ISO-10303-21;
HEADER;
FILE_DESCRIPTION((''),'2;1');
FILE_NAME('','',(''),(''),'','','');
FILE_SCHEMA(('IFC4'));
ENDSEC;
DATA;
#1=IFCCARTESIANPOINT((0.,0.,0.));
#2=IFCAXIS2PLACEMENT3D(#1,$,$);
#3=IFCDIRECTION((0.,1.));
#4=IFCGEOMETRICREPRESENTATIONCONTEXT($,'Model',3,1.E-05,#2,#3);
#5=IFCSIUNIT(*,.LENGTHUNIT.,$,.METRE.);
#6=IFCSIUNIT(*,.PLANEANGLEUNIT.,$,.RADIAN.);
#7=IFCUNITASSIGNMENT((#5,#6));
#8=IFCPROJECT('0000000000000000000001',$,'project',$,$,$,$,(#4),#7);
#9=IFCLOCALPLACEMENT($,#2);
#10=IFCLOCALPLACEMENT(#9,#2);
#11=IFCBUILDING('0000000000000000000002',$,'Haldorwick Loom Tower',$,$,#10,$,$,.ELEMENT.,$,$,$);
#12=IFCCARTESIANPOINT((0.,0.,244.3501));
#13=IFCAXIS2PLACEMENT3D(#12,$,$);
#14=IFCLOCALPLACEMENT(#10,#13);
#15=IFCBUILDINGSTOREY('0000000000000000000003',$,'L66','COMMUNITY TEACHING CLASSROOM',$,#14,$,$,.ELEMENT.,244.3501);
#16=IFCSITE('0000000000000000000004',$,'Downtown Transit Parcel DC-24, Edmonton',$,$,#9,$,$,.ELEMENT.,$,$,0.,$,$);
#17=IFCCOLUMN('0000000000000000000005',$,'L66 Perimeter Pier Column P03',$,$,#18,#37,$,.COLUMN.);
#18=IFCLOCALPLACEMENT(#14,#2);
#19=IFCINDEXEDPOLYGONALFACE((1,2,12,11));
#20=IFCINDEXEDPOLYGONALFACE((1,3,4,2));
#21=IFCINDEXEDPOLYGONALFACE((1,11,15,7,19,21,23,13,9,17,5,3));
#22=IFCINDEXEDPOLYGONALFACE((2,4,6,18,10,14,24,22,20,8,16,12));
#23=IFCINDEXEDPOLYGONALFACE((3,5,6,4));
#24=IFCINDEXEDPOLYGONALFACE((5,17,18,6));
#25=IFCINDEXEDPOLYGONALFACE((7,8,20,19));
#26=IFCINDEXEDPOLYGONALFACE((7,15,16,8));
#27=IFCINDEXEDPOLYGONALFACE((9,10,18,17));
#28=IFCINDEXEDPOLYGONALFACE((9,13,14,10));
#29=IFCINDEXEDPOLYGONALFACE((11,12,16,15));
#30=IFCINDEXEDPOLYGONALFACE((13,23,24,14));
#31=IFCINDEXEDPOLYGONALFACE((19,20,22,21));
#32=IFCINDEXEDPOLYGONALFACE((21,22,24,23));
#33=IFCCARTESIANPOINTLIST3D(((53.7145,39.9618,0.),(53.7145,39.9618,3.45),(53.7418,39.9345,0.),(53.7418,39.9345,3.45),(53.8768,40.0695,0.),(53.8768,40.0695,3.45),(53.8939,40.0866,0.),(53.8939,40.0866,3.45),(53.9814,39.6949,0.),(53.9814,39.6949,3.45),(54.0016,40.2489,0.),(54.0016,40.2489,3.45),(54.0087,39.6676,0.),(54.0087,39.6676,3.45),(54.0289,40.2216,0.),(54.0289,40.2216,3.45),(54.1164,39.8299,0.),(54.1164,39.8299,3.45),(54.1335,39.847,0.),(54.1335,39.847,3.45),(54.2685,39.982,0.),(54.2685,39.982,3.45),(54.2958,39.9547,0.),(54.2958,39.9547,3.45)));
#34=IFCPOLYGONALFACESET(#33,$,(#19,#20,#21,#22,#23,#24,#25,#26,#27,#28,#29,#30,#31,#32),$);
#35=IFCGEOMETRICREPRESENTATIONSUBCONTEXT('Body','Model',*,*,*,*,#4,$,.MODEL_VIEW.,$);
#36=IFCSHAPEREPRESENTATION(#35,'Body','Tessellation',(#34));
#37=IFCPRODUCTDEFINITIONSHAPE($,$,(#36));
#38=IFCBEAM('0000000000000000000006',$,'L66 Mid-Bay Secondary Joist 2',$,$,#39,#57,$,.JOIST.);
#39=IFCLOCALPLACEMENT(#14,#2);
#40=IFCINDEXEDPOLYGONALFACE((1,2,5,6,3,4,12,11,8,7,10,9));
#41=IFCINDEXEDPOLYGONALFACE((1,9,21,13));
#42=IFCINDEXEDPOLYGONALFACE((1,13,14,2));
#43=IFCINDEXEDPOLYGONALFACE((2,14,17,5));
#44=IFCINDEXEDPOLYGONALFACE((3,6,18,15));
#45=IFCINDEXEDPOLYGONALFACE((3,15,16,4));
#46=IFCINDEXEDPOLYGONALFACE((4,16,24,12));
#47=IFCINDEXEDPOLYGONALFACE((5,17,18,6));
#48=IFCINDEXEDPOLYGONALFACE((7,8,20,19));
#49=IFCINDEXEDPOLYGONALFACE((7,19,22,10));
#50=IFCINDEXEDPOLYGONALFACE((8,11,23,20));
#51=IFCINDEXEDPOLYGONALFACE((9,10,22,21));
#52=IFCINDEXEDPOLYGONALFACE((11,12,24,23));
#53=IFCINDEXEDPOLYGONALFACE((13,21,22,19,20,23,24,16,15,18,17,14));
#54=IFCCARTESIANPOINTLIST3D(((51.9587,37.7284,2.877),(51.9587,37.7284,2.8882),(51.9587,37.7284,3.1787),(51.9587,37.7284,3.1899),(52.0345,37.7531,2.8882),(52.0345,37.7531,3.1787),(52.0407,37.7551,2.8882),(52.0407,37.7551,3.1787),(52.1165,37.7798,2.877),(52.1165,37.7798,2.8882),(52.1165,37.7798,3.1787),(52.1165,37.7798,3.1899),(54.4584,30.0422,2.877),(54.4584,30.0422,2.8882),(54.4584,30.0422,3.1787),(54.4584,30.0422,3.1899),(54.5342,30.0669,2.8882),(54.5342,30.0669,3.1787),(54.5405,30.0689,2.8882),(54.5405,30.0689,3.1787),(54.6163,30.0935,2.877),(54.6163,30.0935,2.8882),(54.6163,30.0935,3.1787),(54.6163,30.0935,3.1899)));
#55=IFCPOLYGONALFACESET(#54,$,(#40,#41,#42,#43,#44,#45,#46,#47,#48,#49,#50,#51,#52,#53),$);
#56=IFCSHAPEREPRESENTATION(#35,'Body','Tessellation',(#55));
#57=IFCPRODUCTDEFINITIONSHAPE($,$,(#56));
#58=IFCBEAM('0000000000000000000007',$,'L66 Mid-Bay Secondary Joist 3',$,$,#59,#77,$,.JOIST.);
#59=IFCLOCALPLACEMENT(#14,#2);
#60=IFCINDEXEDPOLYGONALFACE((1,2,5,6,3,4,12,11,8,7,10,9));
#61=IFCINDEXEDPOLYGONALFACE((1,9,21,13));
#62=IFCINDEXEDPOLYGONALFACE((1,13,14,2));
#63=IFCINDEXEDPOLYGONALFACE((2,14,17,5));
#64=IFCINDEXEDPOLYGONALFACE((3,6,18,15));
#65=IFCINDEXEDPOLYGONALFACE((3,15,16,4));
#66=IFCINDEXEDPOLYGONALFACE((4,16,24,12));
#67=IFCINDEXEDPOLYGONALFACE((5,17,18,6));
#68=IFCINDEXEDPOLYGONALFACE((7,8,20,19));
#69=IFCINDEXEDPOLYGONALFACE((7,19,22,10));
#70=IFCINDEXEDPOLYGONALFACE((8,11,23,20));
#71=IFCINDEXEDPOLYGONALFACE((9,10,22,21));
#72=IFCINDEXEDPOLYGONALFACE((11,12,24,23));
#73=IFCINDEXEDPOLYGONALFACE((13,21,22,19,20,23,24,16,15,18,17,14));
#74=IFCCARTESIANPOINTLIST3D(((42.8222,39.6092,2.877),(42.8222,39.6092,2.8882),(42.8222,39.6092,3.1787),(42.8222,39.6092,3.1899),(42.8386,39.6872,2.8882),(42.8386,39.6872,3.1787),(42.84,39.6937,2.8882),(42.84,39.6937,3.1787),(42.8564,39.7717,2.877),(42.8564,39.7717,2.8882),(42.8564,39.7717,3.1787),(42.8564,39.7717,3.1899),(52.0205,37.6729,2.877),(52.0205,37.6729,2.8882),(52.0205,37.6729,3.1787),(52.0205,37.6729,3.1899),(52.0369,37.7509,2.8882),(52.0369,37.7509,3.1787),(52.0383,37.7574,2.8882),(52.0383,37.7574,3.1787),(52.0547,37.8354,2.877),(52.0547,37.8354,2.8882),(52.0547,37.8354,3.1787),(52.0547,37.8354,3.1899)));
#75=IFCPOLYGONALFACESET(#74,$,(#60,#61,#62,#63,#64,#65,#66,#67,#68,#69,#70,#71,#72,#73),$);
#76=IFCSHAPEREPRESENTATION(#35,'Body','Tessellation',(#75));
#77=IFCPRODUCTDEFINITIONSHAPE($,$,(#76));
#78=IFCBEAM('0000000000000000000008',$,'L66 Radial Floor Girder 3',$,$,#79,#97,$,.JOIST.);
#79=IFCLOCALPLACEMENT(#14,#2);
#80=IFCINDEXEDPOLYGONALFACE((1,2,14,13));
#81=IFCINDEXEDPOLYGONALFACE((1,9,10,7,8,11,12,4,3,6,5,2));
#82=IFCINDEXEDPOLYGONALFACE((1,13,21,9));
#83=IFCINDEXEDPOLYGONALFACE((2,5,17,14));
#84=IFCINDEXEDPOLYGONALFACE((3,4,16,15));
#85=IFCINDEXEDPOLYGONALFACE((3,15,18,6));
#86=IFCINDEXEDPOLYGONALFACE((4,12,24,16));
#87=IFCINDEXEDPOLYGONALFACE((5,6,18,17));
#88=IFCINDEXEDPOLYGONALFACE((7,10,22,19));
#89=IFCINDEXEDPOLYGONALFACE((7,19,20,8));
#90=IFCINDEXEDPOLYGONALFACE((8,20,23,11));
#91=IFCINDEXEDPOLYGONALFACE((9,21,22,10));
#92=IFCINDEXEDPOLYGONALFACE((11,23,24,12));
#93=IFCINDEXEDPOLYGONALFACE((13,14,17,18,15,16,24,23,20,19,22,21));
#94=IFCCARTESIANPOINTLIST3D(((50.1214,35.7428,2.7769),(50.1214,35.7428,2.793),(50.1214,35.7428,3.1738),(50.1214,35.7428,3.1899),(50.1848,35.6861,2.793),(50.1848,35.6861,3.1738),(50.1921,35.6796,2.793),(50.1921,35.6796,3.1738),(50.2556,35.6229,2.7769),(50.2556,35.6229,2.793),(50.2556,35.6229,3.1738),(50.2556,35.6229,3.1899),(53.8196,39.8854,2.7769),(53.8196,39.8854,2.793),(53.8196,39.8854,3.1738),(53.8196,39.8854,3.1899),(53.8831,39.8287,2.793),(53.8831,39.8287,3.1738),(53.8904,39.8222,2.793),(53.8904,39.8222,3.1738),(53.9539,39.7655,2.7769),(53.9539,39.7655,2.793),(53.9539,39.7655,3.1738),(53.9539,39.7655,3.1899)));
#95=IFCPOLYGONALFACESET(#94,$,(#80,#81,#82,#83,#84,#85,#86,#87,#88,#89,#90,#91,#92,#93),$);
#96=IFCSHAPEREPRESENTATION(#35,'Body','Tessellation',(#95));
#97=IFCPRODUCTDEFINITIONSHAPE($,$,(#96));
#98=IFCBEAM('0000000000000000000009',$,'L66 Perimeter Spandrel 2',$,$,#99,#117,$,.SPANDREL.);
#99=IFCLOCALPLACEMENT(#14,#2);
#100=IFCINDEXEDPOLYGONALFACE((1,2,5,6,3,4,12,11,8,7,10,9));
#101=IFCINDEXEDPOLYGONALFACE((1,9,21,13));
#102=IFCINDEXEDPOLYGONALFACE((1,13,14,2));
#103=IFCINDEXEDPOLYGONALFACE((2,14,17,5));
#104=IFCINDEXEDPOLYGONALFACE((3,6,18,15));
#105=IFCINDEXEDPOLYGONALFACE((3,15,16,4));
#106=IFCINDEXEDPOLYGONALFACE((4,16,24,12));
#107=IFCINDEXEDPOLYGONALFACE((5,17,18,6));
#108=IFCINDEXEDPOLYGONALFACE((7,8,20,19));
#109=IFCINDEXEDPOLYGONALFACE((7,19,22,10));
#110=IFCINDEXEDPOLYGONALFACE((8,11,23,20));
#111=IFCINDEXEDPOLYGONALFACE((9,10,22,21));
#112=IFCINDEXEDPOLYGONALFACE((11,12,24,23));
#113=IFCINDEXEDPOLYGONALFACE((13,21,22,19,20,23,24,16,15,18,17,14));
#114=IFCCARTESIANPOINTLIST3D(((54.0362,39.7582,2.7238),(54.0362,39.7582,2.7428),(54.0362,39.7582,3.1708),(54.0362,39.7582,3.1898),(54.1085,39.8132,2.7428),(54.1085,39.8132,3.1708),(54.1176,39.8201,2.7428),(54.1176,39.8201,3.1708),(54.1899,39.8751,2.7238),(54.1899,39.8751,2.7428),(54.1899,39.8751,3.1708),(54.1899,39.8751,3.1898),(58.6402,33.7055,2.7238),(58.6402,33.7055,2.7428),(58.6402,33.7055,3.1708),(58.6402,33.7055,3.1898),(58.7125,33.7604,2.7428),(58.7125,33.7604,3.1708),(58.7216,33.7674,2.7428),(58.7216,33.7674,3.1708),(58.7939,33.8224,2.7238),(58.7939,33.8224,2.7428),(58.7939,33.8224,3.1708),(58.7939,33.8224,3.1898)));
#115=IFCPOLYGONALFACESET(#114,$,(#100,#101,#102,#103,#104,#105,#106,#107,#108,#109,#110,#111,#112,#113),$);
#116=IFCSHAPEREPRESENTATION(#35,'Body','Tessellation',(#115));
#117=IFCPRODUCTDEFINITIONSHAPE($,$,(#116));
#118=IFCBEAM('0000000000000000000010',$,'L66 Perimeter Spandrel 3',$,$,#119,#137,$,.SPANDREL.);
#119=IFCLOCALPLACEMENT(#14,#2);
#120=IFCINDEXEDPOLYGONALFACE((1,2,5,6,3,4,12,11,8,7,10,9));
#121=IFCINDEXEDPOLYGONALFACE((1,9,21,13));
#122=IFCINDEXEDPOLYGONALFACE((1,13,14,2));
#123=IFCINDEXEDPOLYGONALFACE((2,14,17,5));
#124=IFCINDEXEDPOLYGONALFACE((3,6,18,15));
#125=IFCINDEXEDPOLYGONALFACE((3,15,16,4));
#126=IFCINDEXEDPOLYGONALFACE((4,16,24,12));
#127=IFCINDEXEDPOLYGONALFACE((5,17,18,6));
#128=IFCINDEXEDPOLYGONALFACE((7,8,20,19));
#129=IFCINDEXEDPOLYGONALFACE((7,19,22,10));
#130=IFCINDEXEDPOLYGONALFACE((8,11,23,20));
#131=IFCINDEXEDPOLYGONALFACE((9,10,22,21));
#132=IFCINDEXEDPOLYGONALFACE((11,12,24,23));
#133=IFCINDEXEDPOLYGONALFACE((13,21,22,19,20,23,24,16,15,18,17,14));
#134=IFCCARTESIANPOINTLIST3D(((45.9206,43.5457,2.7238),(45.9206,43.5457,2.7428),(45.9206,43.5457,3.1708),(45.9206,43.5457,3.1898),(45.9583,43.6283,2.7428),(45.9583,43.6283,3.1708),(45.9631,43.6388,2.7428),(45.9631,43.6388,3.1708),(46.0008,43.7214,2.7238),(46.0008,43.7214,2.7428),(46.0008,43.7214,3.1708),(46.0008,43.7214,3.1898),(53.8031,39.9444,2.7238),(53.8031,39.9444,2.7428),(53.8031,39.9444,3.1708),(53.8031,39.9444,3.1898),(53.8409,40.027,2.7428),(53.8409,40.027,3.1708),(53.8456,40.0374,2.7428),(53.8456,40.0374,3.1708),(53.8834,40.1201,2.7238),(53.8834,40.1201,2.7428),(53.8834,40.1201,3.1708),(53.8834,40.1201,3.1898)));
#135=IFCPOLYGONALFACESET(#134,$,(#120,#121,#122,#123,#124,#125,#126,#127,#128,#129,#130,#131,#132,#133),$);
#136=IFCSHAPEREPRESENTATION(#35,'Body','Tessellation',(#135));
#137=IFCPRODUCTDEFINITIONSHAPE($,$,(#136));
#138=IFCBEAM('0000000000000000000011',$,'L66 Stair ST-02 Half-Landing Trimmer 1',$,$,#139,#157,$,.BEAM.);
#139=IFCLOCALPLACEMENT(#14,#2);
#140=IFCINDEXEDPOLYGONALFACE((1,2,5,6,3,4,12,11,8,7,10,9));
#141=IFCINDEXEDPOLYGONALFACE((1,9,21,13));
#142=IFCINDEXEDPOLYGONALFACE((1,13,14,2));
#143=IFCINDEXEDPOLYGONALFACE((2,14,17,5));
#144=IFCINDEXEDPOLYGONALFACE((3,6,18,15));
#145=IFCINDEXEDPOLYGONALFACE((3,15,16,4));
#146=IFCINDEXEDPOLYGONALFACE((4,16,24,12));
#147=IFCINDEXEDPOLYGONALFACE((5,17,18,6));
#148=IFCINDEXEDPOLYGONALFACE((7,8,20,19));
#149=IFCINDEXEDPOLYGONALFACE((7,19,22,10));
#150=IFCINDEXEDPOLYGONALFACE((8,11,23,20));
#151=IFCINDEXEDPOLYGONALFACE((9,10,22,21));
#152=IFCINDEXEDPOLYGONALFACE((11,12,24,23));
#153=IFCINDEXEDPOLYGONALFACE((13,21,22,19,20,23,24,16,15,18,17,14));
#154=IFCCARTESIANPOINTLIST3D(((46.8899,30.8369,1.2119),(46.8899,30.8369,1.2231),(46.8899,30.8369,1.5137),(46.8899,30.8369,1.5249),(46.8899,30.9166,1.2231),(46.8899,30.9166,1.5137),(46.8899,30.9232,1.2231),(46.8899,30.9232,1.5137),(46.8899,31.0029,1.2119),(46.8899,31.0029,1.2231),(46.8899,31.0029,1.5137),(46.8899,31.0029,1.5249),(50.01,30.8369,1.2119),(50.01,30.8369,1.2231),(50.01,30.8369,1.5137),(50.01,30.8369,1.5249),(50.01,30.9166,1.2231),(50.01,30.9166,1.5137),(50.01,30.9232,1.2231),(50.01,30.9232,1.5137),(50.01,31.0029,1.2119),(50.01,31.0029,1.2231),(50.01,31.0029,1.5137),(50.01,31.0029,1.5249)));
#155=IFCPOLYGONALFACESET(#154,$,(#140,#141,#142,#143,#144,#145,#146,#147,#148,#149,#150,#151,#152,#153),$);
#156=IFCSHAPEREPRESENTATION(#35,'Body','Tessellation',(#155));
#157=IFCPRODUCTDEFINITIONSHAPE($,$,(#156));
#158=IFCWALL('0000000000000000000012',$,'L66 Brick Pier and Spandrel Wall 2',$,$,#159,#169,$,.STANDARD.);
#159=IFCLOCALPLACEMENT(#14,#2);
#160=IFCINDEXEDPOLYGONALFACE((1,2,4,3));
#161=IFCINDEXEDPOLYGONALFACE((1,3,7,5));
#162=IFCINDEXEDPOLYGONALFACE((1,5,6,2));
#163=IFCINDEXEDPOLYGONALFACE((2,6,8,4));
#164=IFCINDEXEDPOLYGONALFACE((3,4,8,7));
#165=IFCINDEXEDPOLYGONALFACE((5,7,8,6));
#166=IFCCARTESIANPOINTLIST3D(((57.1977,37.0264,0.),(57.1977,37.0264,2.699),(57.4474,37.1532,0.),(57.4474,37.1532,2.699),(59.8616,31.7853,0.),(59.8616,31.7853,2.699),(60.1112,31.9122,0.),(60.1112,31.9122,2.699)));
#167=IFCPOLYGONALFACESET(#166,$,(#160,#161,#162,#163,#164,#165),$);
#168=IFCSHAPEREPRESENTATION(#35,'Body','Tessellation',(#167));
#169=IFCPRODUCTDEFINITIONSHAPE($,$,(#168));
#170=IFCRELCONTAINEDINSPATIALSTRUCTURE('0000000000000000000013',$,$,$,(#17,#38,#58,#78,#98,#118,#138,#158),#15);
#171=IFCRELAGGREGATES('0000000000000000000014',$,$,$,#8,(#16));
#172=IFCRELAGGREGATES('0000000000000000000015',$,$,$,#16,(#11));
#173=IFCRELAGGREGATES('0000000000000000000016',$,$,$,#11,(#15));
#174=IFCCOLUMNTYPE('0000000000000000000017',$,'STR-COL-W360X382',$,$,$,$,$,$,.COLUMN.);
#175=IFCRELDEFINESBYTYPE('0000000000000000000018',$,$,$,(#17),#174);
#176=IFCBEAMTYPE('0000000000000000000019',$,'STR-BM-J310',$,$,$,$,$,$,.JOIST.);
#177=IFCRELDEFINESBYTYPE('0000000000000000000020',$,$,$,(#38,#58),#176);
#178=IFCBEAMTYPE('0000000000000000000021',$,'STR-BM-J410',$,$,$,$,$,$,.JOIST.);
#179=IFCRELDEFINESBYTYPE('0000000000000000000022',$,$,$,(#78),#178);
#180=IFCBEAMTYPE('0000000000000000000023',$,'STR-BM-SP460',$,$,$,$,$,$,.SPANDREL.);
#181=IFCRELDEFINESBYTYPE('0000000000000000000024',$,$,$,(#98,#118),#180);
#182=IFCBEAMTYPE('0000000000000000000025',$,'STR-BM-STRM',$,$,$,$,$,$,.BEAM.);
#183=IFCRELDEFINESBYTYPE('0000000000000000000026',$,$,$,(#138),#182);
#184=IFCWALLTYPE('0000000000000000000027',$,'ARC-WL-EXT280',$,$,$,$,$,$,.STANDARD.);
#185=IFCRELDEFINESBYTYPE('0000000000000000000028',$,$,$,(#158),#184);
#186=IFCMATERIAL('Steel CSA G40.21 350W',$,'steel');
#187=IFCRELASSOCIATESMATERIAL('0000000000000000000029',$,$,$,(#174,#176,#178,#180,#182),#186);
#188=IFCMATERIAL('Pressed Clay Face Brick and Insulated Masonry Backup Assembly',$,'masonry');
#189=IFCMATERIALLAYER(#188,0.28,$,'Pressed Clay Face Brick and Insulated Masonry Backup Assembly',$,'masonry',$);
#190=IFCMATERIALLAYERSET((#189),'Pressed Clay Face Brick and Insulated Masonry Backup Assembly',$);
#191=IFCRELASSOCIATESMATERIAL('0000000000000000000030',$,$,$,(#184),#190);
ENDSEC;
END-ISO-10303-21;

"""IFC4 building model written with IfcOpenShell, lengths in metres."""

from ifc_helpers import new_model, si_unit, direction, frame, frame_2d, origin, origin_2d, place, context, subcontext, project, spatial, rectangle, i_section, extrude, material, layer, layer_set, material_profile, profile_set, type_object, element, save


model = new_model("IFC4")

# Units and contexts
model_context = context("Model", 3, precision=1e-05, world=origin(), true_north=direction((0.0, 1.0)))
body_context = subcontext(model_context, "Body", "Model", "MODEL_VIEW")
ifc_project = project(units=[si_unit("LENGTHUNIT", "METRE"), si_unit("PLANEANGLEUNIT", "RADIAN")], contexts=[model_context])

# Site, building, storey
site_placement = place(None, origin())
site = spatial("IfcSite", under=ifc_project, at=site_placement, Name="Downtown Transit Parcel DC-24, Edmonton", CompositionType="ELEMENT", RefElevation=0.0)
building_placement = place(site_placement, origin())
building = spatial("IfcBuilding", under=site, at=building_placement, Name="Haldorwick Loom Tower", CompositionType="ELEMENT")
storey_placement = place(building_placement, frame((0.0, 0.0, 244.3501)))
storey = spatial("IfcBuildingStorey", under=building, at=storey_placement, Name="L66", Description="COMMUNITY TEACHING CLASSROOM", CompositionType="ELEMENT", Elevation=244.3501)

# Column
ifc_material_1 = material(Name="Steel CSA G40.21 350W", Category="steel")
ifc_material_profile_1 = material_profile(ifc_material_1, i_section(OverallWidth=0.406, OverallDepth=0.416, WebThickness=0.0242, FlangeThickness=0.0386, at=origin_2d()), Name="W360X382", Category="steel")
ifc_profile_set_1 = profile_set([ifc_material_profile_1], Name="Steel CSA G40.21 350W")
column_type_1 = type_object("IfcColumnType", Name="STR-COL-W360X382", PredefinedType="COLUMN", material=ifc_profile_set_1)
for number, where, z_axis, x_axis, name in (
    (1, (54.0051, 39.9583, 0.0), (0.0, 0.0, 1.0), (0.707107, 0.707107, 0.0), "L66 Perimeter Pier Column P03"),
):
    element("IfcColumn", number, at=place(storey_placement, frame(where, z_axis=z_axis, x_axis=x_axis)), inside=storey, type_object=column_type_1, Name=name, PredefinedType="COLUMN", context=body_context, shape_type="SweptSolid", body=[
        extrude(i_section(OverallWidth=0.406, OverallDepth=0.416, WebThickness=0.0242, FlangeThickness=0.0386, at=origin_2d()), origin(), (0.0, 0.0, 1.0), 3.45),
    ])

# Beams
ifc_material_profile_2 = material_profile(ifc_material_1, i_section(OverallWidth=0.166, OverallDepth=0.313, WebThickness=0.0066, FlangeThickness=0.0112, at=origin_2d()), Name="W310X45", Category="steel")
ifc_profile_set_2 = profile_set([ifc_material_profile_2], Name="Steel CSA G40.21 350W")
beam_type_1 = type_object("IfcBeamType", Name="STR-BM-J310", PredefinedType="JOIST", material=ifc_profile_set_2)
beam_1_placement = place(storey_placement, frame((54.5374, 30.0679, 3.0334), z_axis=(-0.309278, 0.950972, 0.0), x_axis=(-0.950972, -0.309278, 0.0)))
element("IfcBeam", 2, at=beam_1_placement, inside=storey, type_object=beam_type_1, Name="L66 Mid-Bay Secondary Joist 2", PredefinedType="JOIST", context=body_context, shape_type="SweptSolid", body=[
    extrude(i_section(OverallWidth=0.166, OverallDepth=0.313, WebThickness=0.0066, FlangeThickness=0.0112, at=origin_2d()), origin(), (0.0, 0.0, 1.0), 8.0825),
])
beam_2_placement = place(storey_placement, frame((52.0376, 37.7542, 3.0334), z_axis=(-0.978554, 0.205991, 0.0), x_axis=(-0.205991, -0.978554, 0.0)))
element("IfcBeam", 3, at=beam_2_placement, inside=storey, type_object=beam_type_1, Name="L66 Mid-Bay Secondary Joist 3", PredefinedType="JOIST", context=body_context, shape_type="SweptSolid", body=[
    extrude(i_section(OverallWidth=0.166, OverallDepth=0.313, WebThickness=0.0066, FlangeThickness=0.0112, at=origin_2d()), origin(), (0.0, 0.0, 1.0), 9.3999),
])
ifc_material_profile_3 = material_profile(ifc_material_1, i_section(OverallWidth=0.1799, OverallDepth=0.4131, WebThickness=0.0098, FlangeThickness=0.0161, at=origin_2d()), Name="W410X74", Category="steel")
ifc_profile_set_3 = profile_set([ifc_material_profile_3], Name="Steel CSA G40.21 350W")
beam_type_2 = type_object("IfcBeamType", Name="STR-BM-J410", PredefinedType="JOIST", material=ifc_profile_set_3)
beam_3_placement = place(storey_placement, frame((50.1885, 35.6829, 2.9834), z_axis=(0.665967, 0.745981, 0.0), x_axis=(-0.745981, 0.665967, 0.0)))
element("IfcBeam", 4, at=beam_3_placement, inside=storey, type_object=beam_type_2, Name="L66 Radial Floor Girder 3", PredefinedType="JOIST", context=body_context, shape_type="SweptSolid", body=[
    extrude(i_section(OverallWidth=0.1799, OverallDepth=0.4131, WebThickness=0.0098, FlangeThickness=0.0161, at=origin_2d()), origin(), (0.0, 0.0, 1.0), 5.5532),
])
ifc_material_profile_4 = material_profile(ifc_material_1, i_section(OverallWidth=0.1931, OverallDepth=0.4661, WebThickness=0.0115, FlangeThickness=0.019, at=origin_2d()), Name="W460X97", Category="steel")
ifc_profile_set_4 = profile_set([ifc_material_profile_4], Name="Steel CSA G40.21 350W")
beam_type_3 = type_object("IfcBeamType", Name="STR-BM-SP460", PredefinedType="SPANDREL", material=ifc_profile_set_4)
beam_4_placement = place(storey_placement, frame((58.717, 33.7639, 2.9568), z_axis=(-0.60541, 0.795913, 0.0), x_axis=(-0.795913, -0.60541, 0.0)))
element("IfcBeam", 5, at=beam_4_placement, inside=storey, type_object=beam_type_3, Name="L66 Perimeter Spandrel 2", PredefinedType="SPANDREL", context=body_context, shape_type="SweptSolid", body=[
    extrude(i_section(OverallWidth=0.1931, OverallDepth=0.4661, WebThickness=0.0115, FlangeThickness=0.019, at=origin_2d()), origin(), (0.0, 0.0, 1.0), 7.6047),
])
beam_5_placement = place(storey_placement, frame((53.8433, 40.0322, 2.9568), z_axis=(-0.909568, 0.415555, 0.0), x_axis=(-0.415555, -0.909568, 0.0)))
element("IfcBeam", 6, at=beam_5_placement, inside=storey, type_object=beam_type_3, Name="L66 Perimeter Spandrel 3", PredefinedType="SPANDREL", context=body_context, shape_type="SweptSolid", body=[
    extrude(i_section(OverallWidth=0.1931, OverallDepth=0.4661, WebThickness=0.0115, FlangeThickness=0.019, at=origin_2d()), origin(), (0.0, 0.0, 1.0), 8.6663),
])
ifc_material_profile_5 = material_profile(ifc_material_1, i_section(OverallWidth=0.166, OverallDepth=0.313, WebThickness=0.0066, FlangeThickness=0.0112, at=origin_2d()), Name="W310X45", Category="steel")
ifc_profile_set_5 = profile_set([ifc_material_profile_5], Name="Steel CSA G40.21 350W")
beam_type_4 = type_object("IfcBeamType", Name="STR-BM-STRM", PredefinedType="BEAM", material=ifc_profile_set_5)
beam_6_placement = place(storey_placement, frame((46.8899, 30.9199, 1.3684), z_axis=(1.0, 0.0, 0.0), x_axis=(0.0, 1.0, 0.0)))
element("IfcBeam", 7, at=beam_6_placement, inside=storey, type_object=beam_type_4, Name="L66 Stair ST-02 Half-Landing Trimmer 1", PredefinedType="BEAM", context=body_context, shape_type="SweptSolid", body=[
    extrude(i_section(OverallWidth=0.166, OverallDepth=0.313, WebThickness=0.0066, FlangeThickness=0.0112, at=origin_2d()), origin(), (0.0, 0.0, 1.0), 3.1201),
])

# Wall
ifc_material_2 = material(Name="Pressed Clay Face Brick and Insulated Masonry Backup Assembly", Category="masonry")
ifc_layer_1 = layer(ifc_material_2, 0.28, Name="Pressed Clay Face Brick and Insulated Masonry Backup Assembly", Category="masonry")
ifc_layer_set_1 = layer_set([ifc_layer_1], Name="Pressed Clay Face Brick and Insulated Masonry Backup Assembly")
wall_type_1 = type_object("IfcWallType", Name="ARC-WL-EXT280", PredefinedType="STANDARD", material=ifc_layer_set_1)
wall_1_placement = place(storey_placement, frame((59.9863, 31.8489, 0.0), z_axis=(0.0, 0.0, 1.0), x_axis=(-0.453101, 0.891459, 0.0)))
element("IfcWall", 8, at=wall_1_placement, inside=storey, type_object=wall_type_1, Name="L66 Brick Pier and Spandrel Wall 2", PredefinedType="STANDARD", context=body_context, shape_type="SweptSolid", body=[
    extrude(rectangle(XDim=5.8792, YDim=0.28, at=frame_2d((2.9395, 0.0))), origin(), (0.0, 0.0, 1.0), 2.699),
])

save(model, "model.ifc")
